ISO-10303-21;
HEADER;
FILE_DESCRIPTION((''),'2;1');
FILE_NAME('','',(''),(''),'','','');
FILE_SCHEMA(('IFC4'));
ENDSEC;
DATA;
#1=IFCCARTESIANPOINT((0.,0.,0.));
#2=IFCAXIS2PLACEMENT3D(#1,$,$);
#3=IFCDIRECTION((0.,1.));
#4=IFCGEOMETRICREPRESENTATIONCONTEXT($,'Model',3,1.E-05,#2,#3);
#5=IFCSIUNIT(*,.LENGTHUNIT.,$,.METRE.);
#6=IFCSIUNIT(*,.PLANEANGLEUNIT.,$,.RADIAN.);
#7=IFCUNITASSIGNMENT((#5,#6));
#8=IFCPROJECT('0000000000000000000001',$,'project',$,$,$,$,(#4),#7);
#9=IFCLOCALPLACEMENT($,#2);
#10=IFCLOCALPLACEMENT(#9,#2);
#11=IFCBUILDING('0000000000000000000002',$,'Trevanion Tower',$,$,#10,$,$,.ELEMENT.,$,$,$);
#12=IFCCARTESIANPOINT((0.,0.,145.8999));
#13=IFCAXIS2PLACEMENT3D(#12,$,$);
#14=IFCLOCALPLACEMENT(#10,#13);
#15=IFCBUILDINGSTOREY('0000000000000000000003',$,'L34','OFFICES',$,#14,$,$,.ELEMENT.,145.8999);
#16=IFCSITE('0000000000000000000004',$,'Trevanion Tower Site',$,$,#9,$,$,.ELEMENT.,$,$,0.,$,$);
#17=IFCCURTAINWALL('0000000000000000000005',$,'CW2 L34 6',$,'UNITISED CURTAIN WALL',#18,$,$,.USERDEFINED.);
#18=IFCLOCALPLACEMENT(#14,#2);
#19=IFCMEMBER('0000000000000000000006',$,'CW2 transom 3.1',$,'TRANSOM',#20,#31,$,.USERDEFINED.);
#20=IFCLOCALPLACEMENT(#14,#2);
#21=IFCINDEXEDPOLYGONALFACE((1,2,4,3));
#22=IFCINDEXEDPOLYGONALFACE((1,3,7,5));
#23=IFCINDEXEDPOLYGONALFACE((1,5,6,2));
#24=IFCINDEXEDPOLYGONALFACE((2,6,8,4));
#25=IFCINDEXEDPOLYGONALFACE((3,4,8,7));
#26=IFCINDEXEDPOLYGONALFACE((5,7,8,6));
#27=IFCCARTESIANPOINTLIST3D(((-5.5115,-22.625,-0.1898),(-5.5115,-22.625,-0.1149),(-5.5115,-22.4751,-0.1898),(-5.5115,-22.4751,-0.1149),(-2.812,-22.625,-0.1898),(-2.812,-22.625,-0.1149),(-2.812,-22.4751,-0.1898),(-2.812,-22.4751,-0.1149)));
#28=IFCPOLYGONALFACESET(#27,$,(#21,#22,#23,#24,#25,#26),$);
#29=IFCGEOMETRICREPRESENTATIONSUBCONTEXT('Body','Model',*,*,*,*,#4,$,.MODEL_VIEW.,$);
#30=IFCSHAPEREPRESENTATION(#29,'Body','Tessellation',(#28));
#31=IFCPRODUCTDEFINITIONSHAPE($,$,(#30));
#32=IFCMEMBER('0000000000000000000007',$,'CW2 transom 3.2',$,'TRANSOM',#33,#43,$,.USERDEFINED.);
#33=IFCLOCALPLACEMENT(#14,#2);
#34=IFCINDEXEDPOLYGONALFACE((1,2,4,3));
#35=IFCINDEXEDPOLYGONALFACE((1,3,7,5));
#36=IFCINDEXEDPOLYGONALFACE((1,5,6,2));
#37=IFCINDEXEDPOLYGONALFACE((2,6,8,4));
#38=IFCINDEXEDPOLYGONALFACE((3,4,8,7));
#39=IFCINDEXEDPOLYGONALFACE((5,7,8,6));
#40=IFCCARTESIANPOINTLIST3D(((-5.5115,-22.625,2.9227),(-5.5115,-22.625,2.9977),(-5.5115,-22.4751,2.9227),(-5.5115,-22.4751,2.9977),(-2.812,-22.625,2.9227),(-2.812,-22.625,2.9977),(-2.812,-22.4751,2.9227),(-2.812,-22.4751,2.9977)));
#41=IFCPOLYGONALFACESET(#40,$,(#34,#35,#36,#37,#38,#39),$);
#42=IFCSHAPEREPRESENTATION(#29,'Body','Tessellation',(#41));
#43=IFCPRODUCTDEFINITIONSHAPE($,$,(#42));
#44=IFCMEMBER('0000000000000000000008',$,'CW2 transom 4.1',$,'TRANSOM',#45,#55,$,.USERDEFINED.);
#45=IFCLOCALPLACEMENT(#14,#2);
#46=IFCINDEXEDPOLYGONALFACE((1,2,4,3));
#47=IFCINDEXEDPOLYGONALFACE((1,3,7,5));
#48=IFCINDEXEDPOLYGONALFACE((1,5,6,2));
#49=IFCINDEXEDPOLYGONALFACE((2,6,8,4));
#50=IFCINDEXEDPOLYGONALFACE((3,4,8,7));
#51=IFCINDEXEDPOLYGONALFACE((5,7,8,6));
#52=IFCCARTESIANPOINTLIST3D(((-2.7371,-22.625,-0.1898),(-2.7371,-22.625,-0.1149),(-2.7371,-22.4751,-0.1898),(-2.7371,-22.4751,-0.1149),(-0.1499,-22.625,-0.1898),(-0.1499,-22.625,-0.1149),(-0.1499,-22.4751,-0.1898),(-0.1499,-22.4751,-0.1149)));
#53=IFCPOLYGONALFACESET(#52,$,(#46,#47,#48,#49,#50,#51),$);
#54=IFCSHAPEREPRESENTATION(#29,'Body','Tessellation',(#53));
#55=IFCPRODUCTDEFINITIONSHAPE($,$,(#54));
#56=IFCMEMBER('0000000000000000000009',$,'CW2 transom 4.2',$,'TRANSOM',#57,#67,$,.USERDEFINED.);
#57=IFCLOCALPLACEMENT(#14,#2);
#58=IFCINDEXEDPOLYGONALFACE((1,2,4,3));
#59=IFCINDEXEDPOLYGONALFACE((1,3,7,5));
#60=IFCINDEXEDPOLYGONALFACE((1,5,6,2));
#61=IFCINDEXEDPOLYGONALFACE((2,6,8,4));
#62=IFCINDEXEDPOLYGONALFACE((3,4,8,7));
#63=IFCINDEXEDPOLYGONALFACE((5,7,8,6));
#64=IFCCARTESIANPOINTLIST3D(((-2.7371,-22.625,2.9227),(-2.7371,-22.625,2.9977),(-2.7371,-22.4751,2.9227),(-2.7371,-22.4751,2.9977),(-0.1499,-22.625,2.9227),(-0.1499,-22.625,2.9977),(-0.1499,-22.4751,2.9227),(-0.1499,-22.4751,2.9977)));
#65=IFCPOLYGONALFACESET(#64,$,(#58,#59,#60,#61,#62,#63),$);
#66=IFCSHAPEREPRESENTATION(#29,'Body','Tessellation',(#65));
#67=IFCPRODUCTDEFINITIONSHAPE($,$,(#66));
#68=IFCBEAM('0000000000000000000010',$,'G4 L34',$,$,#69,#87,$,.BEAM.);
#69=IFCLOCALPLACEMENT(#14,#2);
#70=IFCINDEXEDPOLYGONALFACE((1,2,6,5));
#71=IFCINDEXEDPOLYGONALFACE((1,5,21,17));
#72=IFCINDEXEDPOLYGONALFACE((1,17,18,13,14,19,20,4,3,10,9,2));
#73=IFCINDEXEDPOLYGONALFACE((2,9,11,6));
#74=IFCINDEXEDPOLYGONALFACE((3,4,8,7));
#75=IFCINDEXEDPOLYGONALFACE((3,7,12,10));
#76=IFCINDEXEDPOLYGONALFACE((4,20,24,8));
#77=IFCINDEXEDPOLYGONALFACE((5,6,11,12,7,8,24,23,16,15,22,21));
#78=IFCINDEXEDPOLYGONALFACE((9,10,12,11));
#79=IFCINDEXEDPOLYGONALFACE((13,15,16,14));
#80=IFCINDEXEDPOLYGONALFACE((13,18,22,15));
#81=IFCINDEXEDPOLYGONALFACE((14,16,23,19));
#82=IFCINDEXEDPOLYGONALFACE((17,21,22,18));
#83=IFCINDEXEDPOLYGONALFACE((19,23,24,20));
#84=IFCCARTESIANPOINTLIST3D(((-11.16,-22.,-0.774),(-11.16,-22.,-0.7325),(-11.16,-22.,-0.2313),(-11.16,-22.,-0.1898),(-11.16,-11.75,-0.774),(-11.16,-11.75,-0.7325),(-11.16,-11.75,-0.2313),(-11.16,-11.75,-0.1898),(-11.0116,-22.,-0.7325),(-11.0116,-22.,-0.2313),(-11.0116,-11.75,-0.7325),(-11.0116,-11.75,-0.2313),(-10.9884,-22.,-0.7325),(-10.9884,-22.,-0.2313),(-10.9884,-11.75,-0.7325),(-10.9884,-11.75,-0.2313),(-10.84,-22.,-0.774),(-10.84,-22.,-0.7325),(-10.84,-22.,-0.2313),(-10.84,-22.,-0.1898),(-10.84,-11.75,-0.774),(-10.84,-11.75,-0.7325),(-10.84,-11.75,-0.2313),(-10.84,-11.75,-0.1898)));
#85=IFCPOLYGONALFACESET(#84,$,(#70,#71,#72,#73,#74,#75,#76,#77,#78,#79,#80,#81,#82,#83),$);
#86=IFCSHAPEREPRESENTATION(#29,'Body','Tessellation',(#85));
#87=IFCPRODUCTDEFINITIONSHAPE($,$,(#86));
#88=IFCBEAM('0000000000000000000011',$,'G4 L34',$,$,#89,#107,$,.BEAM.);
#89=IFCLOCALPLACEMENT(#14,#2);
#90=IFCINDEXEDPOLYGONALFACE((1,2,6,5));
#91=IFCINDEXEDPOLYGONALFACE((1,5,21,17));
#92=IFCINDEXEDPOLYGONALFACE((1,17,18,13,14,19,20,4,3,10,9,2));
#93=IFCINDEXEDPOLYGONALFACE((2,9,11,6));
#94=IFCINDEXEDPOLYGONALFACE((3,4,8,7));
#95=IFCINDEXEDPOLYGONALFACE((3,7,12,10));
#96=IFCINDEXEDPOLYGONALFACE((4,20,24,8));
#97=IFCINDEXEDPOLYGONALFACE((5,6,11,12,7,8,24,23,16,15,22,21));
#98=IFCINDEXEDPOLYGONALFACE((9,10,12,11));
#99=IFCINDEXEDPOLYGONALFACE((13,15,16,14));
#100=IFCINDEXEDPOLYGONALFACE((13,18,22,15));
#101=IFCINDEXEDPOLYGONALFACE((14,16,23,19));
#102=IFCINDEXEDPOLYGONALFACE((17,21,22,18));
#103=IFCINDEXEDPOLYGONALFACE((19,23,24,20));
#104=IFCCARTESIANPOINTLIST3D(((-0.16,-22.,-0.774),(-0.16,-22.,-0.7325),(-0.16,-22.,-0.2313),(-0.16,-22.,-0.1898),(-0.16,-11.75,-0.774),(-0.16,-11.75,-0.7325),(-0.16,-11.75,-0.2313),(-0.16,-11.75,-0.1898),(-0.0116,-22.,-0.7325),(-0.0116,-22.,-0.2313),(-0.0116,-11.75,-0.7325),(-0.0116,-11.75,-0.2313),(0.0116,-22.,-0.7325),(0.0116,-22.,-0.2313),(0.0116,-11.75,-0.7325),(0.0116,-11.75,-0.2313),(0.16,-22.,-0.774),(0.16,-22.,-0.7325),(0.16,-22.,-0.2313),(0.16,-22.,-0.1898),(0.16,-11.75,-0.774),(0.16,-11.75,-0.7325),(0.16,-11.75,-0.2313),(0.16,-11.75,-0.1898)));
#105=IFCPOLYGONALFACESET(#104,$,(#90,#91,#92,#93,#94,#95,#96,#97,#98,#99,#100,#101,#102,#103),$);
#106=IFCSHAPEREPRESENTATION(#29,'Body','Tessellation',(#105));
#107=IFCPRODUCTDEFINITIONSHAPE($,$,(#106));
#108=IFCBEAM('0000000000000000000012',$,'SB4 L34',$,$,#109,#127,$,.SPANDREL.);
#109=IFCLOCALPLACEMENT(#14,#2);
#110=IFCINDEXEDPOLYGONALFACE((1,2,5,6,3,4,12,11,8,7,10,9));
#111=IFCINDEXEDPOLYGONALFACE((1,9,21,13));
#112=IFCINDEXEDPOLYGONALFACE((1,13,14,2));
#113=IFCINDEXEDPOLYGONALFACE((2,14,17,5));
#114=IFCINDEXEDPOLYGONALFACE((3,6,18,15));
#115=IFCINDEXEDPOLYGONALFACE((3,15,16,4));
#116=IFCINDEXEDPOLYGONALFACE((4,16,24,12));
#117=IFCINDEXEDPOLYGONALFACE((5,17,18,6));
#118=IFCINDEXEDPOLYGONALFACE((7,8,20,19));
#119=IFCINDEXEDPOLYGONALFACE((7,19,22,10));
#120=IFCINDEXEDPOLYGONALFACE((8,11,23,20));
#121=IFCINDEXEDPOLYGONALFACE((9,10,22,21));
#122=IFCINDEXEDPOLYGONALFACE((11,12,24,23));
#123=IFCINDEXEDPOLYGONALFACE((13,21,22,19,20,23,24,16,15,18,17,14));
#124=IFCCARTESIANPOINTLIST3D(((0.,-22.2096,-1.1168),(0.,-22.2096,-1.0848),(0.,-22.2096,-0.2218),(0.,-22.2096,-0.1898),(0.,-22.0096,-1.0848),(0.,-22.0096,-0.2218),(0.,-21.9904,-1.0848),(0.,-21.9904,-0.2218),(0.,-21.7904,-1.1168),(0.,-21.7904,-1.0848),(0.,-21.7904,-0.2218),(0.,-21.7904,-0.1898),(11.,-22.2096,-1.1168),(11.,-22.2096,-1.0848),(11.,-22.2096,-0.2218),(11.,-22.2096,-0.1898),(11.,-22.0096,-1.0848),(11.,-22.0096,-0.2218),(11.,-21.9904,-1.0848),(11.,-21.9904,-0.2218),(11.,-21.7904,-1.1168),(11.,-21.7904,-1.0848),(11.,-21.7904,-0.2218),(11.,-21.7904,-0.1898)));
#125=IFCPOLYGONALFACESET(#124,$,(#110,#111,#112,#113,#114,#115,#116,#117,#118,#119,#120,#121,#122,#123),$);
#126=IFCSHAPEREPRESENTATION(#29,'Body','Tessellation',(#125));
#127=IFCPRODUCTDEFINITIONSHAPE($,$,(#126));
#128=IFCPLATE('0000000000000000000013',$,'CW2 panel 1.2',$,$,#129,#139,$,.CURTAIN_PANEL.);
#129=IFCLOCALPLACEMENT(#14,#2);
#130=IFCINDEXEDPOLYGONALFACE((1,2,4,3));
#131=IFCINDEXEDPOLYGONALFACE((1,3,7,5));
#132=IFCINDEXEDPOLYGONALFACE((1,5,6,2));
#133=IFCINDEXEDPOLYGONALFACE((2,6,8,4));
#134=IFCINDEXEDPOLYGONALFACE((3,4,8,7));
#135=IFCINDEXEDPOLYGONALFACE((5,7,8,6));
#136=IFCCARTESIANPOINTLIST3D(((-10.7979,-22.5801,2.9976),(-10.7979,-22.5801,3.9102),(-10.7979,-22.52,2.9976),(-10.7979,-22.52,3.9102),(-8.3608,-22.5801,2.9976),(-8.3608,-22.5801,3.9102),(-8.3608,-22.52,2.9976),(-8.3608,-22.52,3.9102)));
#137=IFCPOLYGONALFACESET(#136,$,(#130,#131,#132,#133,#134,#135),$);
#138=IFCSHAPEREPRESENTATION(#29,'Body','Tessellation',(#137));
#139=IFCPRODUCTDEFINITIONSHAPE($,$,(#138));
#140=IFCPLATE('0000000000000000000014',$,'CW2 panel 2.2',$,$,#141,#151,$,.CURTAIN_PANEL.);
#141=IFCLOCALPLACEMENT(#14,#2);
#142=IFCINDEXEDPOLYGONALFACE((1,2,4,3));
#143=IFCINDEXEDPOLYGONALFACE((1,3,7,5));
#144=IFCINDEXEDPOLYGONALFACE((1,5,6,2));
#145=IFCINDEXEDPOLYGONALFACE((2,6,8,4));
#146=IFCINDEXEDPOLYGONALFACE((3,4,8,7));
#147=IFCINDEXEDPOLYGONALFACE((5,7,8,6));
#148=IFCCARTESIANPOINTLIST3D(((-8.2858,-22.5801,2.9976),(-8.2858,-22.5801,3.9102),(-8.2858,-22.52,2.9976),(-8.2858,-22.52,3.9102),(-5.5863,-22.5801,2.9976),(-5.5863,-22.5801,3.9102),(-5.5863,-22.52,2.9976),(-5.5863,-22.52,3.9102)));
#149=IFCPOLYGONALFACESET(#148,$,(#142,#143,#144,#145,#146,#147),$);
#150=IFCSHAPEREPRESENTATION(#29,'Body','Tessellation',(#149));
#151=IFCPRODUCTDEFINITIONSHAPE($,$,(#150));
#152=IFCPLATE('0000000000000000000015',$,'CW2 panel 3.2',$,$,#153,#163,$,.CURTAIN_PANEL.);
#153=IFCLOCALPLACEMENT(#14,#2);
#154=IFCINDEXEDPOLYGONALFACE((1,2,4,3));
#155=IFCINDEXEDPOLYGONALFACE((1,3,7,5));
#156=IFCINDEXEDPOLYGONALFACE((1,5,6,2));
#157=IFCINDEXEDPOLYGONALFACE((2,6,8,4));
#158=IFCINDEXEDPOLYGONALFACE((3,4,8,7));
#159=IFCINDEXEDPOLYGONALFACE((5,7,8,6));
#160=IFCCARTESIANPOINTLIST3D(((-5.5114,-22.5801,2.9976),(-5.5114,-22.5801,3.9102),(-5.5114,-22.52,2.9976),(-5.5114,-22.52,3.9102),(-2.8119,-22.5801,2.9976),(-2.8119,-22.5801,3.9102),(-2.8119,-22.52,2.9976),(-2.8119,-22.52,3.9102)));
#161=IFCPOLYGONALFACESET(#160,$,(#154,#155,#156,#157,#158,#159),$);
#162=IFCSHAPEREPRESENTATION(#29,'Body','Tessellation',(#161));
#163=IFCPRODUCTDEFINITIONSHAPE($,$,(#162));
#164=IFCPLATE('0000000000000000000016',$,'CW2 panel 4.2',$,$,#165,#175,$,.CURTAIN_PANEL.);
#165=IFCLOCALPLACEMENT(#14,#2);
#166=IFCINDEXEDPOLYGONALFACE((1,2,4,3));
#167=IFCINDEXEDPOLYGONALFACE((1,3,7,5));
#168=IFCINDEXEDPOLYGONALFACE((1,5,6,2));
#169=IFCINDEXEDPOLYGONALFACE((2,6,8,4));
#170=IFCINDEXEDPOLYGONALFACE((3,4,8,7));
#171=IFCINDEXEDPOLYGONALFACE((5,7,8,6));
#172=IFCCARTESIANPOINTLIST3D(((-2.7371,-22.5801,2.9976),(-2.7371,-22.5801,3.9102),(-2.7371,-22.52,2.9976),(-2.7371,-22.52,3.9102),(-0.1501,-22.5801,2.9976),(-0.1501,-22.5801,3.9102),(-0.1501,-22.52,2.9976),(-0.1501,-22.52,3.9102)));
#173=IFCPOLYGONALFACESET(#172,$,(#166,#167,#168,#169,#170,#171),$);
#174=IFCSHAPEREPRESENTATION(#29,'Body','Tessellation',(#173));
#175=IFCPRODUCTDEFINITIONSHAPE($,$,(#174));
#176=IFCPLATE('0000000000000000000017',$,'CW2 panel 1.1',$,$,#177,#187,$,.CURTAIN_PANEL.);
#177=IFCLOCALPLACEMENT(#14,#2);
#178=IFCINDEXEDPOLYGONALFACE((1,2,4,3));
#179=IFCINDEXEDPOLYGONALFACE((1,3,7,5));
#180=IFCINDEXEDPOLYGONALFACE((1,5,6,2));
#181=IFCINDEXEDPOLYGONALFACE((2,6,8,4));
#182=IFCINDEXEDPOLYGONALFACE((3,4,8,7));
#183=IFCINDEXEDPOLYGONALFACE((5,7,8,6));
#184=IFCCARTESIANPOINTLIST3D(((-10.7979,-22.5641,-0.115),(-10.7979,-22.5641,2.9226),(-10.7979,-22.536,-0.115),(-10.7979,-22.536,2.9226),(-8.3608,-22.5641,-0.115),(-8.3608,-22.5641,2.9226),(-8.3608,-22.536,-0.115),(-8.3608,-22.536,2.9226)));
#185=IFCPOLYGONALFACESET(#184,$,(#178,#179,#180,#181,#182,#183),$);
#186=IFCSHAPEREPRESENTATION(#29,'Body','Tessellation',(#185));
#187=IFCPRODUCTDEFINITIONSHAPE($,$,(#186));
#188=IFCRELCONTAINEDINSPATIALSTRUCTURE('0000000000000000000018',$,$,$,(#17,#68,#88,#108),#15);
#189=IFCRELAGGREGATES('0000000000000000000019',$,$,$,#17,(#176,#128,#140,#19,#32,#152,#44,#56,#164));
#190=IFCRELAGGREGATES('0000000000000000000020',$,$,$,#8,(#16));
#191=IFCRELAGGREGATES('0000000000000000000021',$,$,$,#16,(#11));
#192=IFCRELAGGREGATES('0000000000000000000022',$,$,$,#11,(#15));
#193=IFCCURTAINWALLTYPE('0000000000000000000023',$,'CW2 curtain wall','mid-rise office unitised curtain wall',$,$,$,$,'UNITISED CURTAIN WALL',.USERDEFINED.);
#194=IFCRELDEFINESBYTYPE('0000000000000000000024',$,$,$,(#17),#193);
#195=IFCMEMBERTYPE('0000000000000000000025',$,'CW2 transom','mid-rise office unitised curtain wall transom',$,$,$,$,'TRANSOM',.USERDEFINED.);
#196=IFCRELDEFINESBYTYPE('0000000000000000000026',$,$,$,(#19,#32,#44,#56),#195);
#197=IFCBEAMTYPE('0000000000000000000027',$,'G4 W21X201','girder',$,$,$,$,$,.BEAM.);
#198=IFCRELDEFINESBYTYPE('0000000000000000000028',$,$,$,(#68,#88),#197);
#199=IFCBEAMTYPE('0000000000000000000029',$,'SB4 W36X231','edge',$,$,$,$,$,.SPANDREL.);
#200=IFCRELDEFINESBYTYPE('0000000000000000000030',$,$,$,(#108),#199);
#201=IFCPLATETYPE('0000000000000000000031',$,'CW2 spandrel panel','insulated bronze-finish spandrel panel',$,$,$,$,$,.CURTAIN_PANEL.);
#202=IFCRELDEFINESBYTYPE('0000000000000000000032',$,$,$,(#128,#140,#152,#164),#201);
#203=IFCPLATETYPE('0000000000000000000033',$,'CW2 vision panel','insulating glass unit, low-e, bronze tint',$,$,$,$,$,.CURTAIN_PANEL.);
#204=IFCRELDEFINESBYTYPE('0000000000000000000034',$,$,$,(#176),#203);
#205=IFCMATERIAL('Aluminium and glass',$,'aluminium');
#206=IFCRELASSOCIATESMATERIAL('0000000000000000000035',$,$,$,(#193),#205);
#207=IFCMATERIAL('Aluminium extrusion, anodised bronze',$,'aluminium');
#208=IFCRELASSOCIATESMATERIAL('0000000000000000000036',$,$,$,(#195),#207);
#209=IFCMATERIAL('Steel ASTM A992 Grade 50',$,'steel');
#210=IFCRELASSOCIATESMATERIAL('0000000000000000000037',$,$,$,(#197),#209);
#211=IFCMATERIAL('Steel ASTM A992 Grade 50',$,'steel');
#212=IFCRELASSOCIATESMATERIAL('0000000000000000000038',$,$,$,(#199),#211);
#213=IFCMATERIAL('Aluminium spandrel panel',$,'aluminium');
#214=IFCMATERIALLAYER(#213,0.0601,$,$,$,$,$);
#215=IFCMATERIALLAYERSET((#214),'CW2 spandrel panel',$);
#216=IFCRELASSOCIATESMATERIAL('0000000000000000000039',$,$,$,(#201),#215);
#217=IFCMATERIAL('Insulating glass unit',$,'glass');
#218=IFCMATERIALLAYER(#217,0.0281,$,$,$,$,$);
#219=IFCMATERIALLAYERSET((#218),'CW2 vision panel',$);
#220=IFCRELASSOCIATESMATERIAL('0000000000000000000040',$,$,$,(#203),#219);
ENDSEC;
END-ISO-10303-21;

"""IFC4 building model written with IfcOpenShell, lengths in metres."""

from ifc_helpers import new_model, si_unit, direction, frame, origin, origin_2d, place, context, subcontext, project, spatial, rectangle, i_section, extrude, material, layer, layer_set, material_profile, profile_set, type_object, element, aggregate, save


model = new_model("IFC4")

# Units and contexts
model_context = context("Model", 3, precision=1e-05, world=origin(), true_north=direction((0.0, 1.0)))
body_context = subcontext(model_context, "Body", "Model", "MODEL_VIEW")
ifc_project = project(units=[si_unit("LENGTHUNIT", "METRE"), si_unit("PLANEANGLEUNIT", "RADIAN")], contexts=[model_context])

# Site, building, storey
site_placement = place(None, origin())
site = spatial("IfcSite", under=ifc_project, at=site_placement, Name="Trevanion Tower Site", CompositionType="ELEMENT", RefElevation=0.0)
building_placement = place(site_placement, origin())
building = spatial("IfcBuilding", under=site, at=building_placement, Name="Trevanion Tower", CompositionType="ELEMENT")
storey_placement = place(building_placement, frame((0.0, 0.0, 145.8999)))
storey = spatial("IfcBuildingStorey", under=building, at=storey_placement, Name="L34", Description="OFFICES", CompositionType="ELEMENT", Elevation=145.8999)

# Curtain wall, members
ifc_material_1 = material(Name="Aluminium and glass", Category="aluminium")
curtain_wall_type = type_object("IfcCurtainWallType", Name="CW2 curtain wall", Description="mid-rise office unitised curtain wall", ElementType="UNITISED CURTAIN WALL", PredefinedType="USERDEFINED", material=ifc_material_1)
curtain_wall_placement = place(storey_placement, origin())
curtain_wall = element("IfcCurtainWall", 1, at=curtain_wall_placement, inside=storey, type_object=curtain_wall_type, Name="CW2 L34 6", ObjectType="UNITISED CURTAIN WALL", PredefinedType="USERDEFINED")
ifc_material_2 = material(Name="Aluminium extrusion, anodised bronze", Category="aluminium")
ifc_material_profile_1 = material_profile(ifc_material_2, rectangle(XDim=0.1499, YDim=0.075, at=origin_2d()), Name="CW2 transom")
ifc_profile_set_1 = profile_set([ifc_material_profile_1], Name="Aluminium extrusion, anodised bronze")
member_type_1 = type_object("IfcMemberType", Name="CW2 transom", Description="mid-rise office unitised curtain wall transom", ElementType="TRANSOM", PredefinedType="USERDEFINED", material=ifc_profile_set_1)
member_1_placement = place(storey_placement, frame((-5.5115, -22.55, -0.1523), z_axis=(1.0, 0.0, 0.0), x_axis=(0.0, 1.0, 0.0)))
member_1 = element("IfcMember", 2, at=member_1_placement, type_object=member_type_1, Name="CW2 transom 3.1", ObjectType="TRANSOM", PredefinedType="USERDEFINED", context=body_context, shape_type="SweptSolid", body=[
    extrude(rectangle(XDim=0.1499, YDim=0.075, at=origin_2d()), origin(), (0.0, 0.0, 1.0), 2.6995),
])
member_2_placement = place(storey_placement, frame((-5.5115, -22.55, 2.9602), z_axis=(1.0, 0.0, 0.0), x_axis=(0.0, 1.0, 0.0)))
member_2 = element("IfcMember", 3, at=member_2_placement, type_object=member_type_1, Name="CW2 transom 3.2", ObjectType="TRANSOM", PredefinedType="USERDEFINED", context=body_context, shape_type="SweptSolid", body=[
    extrude(rectangle(XDim=0.1499, YDim=0.075, at=origin_2d()), origin(), (0.0, 0.0, 1.0), 2.6995),
])
member_3_placement = place(storey_placement, frame((-2.7371, -22.55, -0.1523), z_axis=(1.0, 0.0, 0.0), x_axis=(0.0, 1.0, 0.0)))
member_3 = element("IfcMember", 4, at=member_3_placement, type_object=member_type_1, Name="CW2 transom 4.1", ObjectType="TRANSOM", PredefinedType="USERDEFINED", context=body_context, shape_type="SweptSolid", body=[
    extrude(rectangle(XDim=0.1499, YDim=0.075, at=origin_2d()), origin(), (0.0, 0.0, 1.0), 2.5872),
])
member_4_placement = place(storey_placement, frame((-2.7371, -22.55, 2.9602), z_axis=(1.0, 0.0, 0.0), x_axis=(0.0, 1.0, 0.0)))
member_4 = element("IfcMember", 5, at=member_4_placement, type_object=member_type_1, Name="CW2 transom 4.2", ObjectType="TRANSOM", PredefinedType="USERDEFINED", context=body_context, shape_type="SweptSolid", body=[
    extrude(rectangle(XDim=0.1499, YDim=0.075, at=origin_2d()), origin(), (0.0, 0.0, 1.0), 2.5872),
])

# Beams
ifc_material_3 = material(Name="Steel ASTM A992 Grade 50", Category="steel")
ifc_material_profile_2 = material_profile(ifc_material_3, i_section(OverallWidth=0.3201, OverallDepth=0.5842, WebThickness=0.0232, FlangeThickness=0.0415, at=origin_2d()), Name="W21X201")
ifc_profile_set_2 = profile_set([ifc_material_profile_2], Name="Steel ASTM A992 Grade 50")
beam_type_1 = type_object("IfcBeamType", Name="G4 W21X201", Description="girder", PredefinedType="BEAM", material=ifc_profile_set_2)
for number, where, z_axis, x_axis, name in (
    (6, (-11.0, -11.75, -0.4819), (0.0, -1.0, 0.0), (1.0, 0.0, 0.0), "G4 L34"),
    (7, (0.0, -11.75, -0.4819), (0.0, -1.0, 0.0), (1.0, 0.0, 0.0), "G4 L34"),
):
    element("IfcBeam", number, at=place(storey_placement, frame(where, z_axis=z_axis, x_axis=x_axis)), inside=storey, type_object=beam_type_1, Name=name, PredefinedType="BEAM", context=body_context, shape_type="SweptSolid", body=[
        extrude(i_section(OverallWidth=0.3201, OverallDepth=0.5842, WebThickness=0.0232, FlangeThickness=0.0415, at=origin_2d()), origin(), (0.0, 0.0, 1.0), 10.25),
    ])
ifc_material_4 = material(Name="Steel ASTM A992 Grade 50", Category="steel")
ifc_material_profile_3 = material_profile(ifc_material_4, i_section(OverallWidth=0.4192, OverallDepth=0.927, WebThickness=0.0193, FlangeThickness=0.032, at=origin_2d()), Name="W36X231")
ifc_profile_set_3 = profile_set([ifc_material_profile_3], Name="Steel ASTM A992 Grade 50")
beam_type_2 = type_object("IfcBeamType", Name="SB4 W36X231", Description="edge", PredefinedType="SPANDREL", material=ifc_profile_set_3)
beam_placement = place(storey_placement, frame((0.0, -22.0, -0.6533), z_axis=(1.0, 0.0, 0.0), x_axis=(0.0, 1.0, 0.0)))
element("IfcBeam", 8, at=beam_placement, inside=storey, type_object=beam_type_2, Name="SB4 L34", PredefinedType="SPANDREL", context=body_context, shape_type="SweptSolid", body=[
    extrude(i_section(OverallWidth=0.4192, OverallDepth=0.927, WebThickness=0.0193, FlangeThickness=0.032, at=origin_2d()), origin(), (0.0, 0.0, 1.0), 11.0),
])

# Plates
ifc_material_5 = material(Name="Aluminium spandrel panel", Category="aluminium")
ifc_layer_1 = layer(ifc_material_5, 0.0601)
ifc_layer_set_1 = layer_set([ifc_layer_1], Name="CW2 spandrel panel")
plate_type_1 = type_object("IfcPlateType", Name="CW2 spandrel panel", Description="insulated bronze-finish spandrel panel", PredefinedType="CURTAIN_PANEL", material=ifc_layer_set_1)
plate_1_placement = place(storey_placement, frame((-9.5793, -22.55, 2.9976), z_axis=(0.0, 0.0, 1.0), x_axis=(1.0, 0.0, 0.0)))
plate_1 = element("IfcPlate", 9, at=plate_1_placement, type_object=plate_type_1, Name="CW2 panel 1.2", PredefinedType="CURTAIN_PANEL", context=body_context, shape_type="SweptSolid", body=[
    extrude(rectangle(XDim=2.437, YDim=0.0601, at=origin_2d()), origin(), (0.0, 0.0, 1.0), 0.9126),
])
plate_2_placement = place(storey_placement, frame((-6.936, -22.55, 2.9976), z_axis=(0.0, 0.0, 1.0), x_axis=(1.0, 0.0, 0.0)))
plate_2 = element("IfcPlate", 10, at=plate_2_placement, type_object=plate_type_1, Name="CW2 panel 2.2", PredefinedType="CURTAIN_PANEL", context=body_context, shape_type="SweptSolid", body=[
    extrude(rectangle(XDim=2.6995, YDim=0.0601, at=origin_2d()), origin(), (0.0, 0.0, 1.0), 0.9126),
])
plate_3_placement = place(storey_placement, frame((-4.1616, -22.55, 2.9976), z_axis=(0.0, 0.0, 1.0), x_axis=(1.0, 0.0, 0.0)))
plate_3 = element("IfcPlate", 11, at=plate_3_placement, type_object=plate_type_1, Name="CW2 panel 3.2", PredefinedType="CURTAIN_PANEL", context=body_context, shape_type="SweptSolid", body=[
    extrude(rectangle(XDim=2.6995, YDim=0.0601, at=origin_2d()), origin(), (0.0, 0.0, 1.0), 0.9126),
])
plate_4_placement = place(storey_placement, frame((-1.4436, -22.55, 2.9976), z_axis=(0.0, 0.0, 1.0), x_axis=(1.0, 0.0, 0.0)))
plate_4 = element("IfcPlate", 12, at=plate_4_placement, type_object=plate_type_1, Name="CW2 panel 4.2", PredefinedType="CURTAIN_PANEL", context=body_context, shape_type="SweptSolid", body=[
    extrude(rectangle(XDim=2.5869, YDim=0.0601, at=origin_2d()), origin(), (0.0, 0.0, 1.0), 0.9126),
])
ifc_material_6 = material(Name="Insulating glass unit", Category="glass")
ifc_layer_2 = layer(ifc_material_6, 0.0281)
ifc_layer_set_2 = layer_set([ifc_layer_2], Name="CW2 vision panel")
plate_type_2 = type_object("IfcPlateType", Name="CW2 vision panel", Description="insulating glass unit, low-e, bronze tint", PredefinedType="CURTAIN_PANEL", material=ifc_layer_set_2)
plate_5_placement = place(storey_placement, frame((-9.5793, -22.55, -0.115), z_axis=(0.0, 0.0, 1.0), x_axis=(1.0, 0.0, 0.0)))
plate_5 = element("IfcPlate", 13, at=plate_5_placement, type_object=plate_type_2, Name="CW2 panel 1.1", PredefinedType="CURTAIN_PANEL", context=body_context, shape_type="SweptSolid", body=[
    extrude(rectangle(XDim=2.437, YDim=0.0281, at=origin_2d()), origin(), (0.0, 0.0, 1.0), 3.0376),
])
aggregate(curtain_wall, [plate_5, plate_1, plate_2, member_1, member_2, plate_3, member_3, member_4, plate_4])

save(model, "model.ifc")
